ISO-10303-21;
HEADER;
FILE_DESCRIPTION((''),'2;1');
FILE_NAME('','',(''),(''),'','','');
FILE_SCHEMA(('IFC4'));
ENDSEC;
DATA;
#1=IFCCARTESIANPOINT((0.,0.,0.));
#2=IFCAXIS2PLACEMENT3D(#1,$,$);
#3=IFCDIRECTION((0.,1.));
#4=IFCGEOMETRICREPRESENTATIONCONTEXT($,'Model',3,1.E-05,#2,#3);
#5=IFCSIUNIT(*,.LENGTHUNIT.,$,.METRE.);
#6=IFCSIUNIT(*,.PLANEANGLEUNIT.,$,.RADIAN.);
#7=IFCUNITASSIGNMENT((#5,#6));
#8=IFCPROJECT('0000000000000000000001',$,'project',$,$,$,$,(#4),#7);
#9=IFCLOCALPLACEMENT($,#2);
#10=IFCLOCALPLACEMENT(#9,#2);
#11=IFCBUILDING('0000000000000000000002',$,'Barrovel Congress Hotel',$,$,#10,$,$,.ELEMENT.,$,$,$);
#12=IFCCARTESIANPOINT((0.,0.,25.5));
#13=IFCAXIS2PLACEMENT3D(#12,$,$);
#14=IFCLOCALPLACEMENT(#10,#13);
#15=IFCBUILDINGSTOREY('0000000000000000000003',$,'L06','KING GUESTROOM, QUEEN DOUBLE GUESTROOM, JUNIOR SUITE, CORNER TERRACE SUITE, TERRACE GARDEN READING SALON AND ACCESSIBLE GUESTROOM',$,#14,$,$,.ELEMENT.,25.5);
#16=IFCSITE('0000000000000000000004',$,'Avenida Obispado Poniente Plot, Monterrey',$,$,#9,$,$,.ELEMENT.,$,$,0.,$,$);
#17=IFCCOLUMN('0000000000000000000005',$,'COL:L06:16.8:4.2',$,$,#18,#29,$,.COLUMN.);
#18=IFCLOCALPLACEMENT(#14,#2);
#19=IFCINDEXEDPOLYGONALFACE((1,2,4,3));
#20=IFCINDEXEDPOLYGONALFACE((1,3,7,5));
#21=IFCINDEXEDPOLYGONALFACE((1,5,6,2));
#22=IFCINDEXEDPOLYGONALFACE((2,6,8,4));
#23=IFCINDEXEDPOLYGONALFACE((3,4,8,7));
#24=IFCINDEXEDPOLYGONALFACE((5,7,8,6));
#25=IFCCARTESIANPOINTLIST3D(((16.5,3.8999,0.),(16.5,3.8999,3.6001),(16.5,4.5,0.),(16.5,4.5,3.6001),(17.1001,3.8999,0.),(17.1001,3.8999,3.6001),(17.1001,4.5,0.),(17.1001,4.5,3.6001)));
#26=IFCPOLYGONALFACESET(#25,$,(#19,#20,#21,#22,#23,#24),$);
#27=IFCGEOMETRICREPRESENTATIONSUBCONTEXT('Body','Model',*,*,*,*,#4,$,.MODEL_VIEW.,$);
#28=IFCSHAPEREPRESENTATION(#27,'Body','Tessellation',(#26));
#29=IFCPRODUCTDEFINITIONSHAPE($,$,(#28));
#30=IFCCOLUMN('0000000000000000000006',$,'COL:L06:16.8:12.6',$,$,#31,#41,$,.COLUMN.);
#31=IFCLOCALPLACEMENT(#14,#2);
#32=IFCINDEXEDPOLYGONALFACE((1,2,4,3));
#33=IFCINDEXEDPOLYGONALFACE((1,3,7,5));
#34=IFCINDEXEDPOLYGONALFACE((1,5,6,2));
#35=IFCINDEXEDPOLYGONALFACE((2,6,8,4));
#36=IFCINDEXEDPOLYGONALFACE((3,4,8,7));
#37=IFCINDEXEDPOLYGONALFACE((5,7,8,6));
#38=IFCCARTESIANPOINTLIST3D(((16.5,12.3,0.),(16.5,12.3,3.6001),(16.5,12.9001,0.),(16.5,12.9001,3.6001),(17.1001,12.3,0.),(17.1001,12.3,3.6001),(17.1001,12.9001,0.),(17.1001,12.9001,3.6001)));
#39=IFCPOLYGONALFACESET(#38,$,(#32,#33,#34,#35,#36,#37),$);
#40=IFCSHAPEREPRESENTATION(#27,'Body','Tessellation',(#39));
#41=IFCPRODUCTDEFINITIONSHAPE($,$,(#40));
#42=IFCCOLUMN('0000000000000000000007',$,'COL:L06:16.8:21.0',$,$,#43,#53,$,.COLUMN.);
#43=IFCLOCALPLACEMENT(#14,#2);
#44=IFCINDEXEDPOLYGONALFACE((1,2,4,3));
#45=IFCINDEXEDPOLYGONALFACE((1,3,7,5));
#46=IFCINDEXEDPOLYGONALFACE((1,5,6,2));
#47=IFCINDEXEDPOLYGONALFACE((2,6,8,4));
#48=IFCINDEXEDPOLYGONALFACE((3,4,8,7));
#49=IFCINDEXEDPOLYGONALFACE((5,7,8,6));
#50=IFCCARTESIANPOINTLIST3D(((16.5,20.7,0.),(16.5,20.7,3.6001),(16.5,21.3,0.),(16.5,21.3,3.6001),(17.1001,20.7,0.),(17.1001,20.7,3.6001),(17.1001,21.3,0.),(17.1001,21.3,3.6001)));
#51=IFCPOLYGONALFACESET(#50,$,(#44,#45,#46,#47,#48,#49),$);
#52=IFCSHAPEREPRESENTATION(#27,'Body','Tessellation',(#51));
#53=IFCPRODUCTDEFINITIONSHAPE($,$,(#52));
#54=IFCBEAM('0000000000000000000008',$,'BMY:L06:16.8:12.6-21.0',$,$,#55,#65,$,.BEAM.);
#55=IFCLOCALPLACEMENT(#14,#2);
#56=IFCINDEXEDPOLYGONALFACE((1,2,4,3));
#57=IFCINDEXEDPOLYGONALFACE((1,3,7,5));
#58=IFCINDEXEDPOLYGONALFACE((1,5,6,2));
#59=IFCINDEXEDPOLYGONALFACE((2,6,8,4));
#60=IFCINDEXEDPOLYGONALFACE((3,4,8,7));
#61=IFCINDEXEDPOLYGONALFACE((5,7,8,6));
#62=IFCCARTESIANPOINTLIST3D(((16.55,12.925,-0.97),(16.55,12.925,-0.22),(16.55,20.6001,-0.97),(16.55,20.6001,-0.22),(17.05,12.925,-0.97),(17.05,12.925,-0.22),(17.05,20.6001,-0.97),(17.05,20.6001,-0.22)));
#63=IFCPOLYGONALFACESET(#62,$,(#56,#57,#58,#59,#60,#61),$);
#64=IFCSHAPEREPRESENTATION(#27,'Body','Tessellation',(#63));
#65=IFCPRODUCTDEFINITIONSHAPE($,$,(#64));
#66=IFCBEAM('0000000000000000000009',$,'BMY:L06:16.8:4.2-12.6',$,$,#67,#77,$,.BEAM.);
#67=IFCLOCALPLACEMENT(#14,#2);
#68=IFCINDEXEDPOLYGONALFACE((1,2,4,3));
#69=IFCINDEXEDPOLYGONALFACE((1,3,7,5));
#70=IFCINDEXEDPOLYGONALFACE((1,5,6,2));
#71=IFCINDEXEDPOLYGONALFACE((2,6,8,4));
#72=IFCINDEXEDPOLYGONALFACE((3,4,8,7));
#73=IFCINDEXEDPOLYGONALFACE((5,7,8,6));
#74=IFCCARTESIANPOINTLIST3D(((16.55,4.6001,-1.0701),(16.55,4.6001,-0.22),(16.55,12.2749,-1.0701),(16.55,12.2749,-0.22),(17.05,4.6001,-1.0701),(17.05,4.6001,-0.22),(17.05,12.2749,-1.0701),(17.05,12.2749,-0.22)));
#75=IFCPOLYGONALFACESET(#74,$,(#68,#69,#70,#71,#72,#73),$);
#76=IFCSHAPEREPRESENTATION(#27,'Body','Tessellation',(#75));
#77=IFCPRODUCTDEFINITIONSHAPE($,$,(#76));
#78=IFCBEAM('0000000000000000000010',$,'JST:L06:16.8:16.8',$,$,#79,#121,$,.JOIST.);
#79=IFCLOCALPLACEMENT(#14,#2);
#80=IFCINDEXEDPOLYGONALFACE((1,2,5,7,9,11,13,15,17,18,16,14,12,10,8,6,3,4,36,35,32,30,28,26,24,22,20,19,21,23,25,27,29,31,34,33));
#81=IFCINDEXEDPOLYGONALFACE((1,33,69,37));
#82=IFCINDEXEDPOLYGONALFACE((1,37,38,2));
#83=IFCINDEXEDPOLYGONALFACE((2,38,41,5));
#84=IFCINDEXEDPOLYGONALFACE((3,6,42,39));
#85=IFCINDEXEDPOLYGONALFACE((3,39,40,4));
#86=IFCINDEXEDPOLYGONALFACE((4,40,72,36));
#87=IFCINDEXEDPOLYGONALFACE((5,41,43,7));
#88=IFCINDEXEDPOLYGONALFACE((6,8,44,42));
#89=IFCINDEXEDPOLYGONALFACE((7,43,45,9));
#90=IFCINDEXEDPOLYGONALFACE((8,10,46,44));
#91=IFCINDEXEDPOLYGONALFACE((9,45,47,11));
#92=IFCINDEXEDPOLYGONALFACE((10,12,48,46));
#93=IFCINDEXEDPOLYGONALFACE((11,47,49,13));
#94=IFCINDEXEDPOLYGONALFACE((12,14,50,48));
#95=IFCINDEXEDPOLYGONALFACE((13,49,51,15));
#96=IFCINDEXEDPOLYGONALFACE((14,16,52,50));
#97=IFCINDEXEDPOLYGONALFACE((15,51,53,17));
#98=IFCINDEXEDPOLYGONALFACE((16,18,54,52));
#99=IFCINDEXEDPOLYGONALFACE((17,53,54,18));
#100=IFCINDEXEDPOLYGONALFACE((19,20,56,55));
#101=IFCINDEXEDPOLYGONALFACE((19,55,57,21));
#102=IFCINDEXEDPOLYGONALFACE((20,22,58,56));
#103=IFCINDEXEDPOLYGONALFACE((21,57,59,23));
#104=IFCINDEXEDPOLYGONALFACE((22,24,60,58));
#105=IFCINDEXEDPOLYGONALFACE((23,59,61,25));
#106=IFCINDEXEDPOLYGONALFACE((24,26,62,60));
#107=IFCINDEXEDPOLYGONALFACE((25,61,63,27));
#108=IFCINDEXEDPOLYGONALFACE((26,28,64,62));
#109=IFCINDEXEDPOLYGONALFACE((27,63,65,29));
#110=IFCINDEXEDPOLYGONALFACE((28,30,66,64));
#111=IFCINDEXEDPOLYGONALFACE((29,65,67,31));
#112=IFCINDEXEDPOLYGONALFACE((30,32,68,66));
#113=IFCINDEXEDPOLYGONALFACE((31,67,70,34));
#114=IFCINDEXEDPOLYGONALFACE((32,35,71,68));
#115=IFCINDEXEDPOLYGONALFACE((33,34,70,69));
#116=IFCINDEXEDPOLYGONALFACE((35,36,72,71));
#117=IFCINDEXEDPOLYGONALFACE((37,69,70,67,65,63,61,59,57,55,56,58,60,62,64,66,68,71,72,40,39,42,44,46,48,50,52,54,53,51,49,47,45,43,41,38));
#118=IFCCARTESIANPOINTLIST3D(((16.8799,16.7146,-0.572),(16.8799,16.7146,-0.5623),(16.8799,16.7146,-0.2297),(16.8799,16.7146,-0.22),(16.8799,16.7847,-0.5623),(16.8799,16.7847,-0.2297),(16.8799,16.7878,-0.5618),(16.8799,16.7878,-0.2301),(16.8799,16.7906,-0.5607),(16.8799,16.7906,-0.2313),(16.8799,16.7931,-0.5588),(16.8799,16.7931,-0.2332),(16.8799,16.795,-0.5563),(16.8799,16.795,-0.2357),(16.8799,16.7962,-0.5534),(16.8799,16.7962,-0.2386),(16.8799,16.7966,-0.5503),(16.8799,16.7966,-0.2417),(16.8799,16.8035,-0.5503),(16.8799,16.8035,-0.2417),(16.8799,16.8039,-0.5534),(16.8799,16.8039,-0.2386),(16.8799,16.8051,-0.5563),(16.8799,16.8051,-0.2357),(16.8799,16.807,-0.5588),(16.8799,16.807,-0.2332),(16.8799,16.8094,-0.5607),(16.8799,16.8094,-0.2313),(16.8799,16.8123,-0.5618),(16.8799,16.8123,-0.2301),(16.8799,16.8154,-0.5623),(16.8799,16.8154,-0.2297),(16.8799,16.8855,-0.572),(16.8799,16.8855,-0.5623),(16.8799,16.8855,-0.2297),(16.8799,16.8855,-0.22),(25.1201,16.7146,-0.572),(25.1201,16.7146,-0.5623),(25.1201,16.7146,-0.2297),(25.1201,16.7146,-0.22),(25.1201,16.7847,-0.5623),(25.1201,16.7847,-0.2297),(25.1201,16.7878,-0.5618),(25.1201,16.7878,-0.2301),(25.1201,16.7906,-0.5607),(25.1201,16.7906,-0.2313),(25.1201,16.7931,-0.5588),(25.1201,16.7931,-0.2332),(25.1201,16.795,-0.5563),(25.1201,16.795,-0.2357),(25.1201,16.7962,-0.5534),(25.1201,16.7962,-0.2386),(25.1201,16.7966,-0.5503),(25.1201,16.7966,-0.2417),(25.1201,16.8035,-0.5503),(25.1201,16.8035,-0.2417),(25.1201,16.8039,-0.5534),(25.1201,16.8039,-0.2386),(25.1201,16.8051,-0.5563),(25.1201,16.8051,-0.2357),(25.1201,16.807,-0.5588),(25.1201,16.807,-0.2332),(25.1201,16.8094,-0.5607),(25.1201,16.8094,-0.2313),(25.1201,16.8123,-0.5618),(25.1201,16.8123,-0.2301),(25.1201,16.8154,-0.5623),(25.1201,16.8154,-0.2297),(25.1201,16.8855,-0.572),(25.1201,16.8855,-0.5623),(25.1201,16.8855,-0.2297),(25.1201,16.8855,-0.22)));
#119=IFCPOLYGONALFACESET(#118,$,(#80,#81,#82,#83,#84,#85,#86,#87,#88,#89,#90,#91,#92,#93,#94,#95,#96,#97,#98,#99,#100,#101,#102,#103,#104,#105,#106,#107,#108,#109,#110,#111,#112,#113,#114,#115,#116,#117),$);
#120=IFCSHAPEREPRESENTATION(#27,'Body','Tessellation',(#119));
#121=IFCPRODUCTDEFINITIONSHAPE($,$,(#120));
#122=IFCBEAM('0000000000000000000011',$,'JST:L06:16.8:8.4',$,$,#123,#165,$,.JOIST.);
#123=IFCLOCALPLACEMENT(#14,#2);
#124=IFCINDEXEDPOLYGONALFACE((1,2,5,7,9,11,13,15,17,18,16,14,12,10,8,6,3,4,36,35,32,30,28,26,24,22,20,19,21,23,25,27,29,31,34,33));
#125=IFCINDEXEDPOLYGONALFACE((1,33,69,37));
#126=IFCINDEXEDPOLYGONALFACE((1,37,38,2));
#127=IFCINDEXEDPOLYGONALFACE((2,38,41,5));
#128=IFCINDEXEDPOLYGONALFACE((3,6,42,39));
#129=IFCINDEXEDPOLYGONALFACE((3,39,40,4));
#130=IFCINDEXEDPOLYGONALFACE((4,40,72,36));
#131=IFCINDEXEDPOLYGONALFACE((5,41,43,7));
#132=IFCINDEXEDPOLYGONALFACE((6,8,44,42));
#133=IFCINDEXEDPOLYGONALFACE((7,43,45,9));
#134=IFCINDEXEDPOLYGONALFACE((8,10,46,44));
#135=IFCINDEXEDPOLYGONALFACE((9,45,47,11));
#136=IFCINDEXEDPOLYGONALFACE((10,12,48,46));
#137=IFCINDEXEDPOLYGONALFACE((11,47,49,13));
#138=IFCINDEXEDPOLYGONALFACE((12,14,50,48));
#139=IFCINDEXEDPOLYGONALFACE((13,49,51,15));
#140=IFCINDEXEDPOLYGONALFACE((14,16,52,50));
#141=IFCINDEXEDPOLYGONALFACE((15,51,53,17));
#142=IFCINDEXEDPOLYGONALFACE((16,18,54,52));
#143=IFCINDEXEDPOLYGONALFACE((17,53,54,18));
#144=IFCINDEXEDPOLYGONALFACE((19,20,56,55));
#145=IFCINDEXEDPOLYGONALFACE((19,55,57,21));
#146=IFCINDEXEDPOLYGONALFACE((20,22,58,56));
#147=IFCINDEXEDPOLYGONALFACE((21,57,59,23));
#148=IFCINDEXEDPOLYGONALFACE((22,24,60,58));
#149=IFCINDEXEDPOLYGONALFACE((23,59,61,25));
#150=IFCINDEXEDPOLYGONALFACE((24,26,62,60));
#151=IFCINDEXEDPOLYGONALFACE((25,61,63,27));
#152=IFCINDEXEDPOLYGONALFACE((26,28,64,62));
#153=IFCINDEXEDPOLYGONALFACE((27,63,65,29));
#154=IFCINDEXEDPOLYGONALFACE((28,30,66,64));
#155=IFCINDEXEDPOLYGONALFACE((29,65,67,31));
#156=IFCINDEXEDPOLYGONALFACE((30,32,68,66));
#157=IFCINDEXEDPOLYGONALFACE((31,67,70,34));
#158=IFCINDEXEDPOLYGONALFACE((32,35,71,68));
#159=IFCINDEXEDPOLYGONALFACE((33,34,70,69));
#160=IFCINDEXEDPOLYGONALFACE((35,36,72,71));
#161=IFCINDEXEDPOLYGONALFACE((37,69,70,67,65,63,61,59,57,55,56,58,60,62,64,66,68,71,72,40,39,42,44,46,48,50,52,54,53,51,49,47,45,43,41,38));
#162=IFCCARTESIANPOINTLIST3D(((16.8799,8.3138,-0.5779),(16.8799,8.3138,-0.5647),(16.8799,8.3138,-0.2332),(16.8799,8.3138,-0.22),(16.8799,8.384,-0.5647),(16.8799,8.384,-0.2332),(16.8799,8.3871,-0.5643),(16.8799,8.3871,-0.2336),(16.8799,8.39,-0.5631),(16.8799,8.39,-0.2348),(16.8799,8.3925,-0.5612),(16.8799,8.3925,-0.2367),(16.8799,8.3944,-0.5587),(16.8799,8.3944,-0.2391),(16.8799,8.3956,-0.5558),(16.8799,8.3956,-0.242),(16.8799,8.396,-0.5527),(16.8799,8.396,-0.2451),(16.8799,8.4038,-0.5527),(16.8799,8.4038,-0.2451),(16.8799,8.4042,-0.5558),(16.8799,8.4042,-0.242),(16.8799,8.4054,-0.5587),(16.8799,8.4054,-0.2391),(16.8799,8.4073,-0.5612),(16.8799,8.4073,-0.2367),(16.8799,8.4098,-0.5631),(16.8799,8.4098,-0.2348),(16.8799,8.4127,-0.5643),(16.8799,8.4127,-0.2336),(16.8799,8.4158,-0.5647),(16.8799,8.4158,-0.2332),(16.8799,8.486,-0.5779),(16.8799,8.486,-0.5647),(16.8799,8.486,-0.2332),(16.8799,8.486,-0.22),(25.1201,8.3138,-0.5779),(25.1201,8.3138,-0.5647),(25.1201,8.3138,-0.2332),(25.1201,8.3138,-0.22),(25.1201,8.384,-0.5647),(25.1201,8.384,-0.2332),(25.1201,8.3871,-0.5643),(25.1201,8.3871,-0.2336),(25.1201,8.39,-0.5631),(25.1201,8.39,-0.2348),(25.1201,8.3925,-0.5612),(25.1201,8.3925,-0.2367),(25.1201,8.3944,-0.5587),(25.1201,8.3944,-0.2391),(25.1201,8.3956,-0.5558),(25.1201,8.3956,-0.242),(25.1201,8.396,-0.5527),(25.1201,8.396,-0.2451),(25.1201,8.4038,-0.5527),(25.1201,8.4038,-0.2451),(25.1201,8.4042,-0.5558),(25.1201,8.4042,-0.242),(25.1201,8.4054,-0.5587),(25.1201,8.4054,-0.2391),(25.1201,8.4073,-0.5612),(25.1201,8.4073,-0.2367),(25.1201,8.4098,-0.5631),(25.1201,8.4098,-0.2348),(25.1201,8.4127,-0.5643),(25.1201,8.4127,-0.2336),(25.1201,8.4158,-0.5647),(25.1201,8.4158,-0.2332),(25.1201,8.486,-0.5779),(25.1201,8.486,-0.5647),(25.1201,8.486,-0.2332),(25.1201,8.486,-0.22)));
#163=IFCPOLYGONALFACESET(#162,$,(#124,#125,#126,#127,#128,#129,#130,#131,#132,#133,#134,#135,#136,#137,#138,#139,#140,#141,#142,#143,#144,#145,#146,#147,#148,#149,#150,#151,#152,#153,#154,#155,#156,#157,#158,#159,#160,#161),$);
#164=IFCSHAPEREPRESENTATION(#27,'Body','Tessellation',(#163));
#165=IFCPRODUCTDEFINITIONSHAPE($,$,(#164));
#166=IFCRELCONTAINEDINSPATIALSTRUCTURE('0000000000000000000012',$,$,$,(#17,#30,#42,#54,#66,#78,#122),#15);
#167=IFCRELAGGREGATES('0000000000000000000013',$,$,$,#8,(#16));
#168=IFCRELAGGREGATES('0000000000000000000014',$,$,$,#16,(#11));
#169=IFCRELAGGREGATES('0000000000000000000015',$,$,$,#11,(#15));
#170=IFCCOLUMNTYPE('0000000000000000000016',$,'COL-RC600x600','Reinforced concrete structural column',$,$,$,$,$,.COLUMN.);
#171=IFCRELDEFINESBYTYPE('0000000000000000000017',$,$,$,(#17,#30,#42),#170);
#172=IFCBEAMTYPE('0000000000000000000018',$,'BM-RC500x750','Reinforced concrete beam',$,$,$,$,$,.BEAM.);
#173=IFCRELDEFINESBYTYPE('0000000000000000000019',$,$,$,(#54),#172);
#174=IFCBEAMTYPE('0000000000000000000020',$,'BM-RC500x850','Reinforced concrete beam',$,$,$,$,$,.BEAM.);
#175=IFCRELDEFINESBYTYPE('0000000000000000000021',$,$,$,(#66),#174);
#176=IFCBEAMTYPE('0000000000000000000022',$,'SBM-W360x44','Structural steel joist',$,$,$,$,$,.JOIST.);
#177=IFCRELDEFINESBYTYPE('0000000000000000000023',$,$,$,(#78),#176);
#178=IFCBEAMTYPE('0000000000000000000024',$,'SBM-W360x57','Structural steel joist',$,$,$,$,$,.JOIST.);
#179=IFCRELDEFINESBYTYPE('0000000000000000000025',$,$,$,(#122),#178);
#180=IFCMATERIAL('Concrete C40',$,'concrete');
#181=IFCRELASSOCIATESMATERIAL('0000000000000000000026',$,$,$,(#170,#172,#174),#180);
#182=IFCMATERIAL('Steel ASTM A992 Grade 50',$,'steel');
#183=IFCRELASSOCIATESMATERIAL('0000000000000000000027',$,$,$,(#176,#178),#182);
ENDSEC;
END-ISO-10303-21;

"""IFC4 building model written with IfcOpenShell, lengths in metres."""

from ifc_helpers import new_model, si_unit, direction, frame, origin, origin_2d, place, context, subcontext, project, spatial, rectangle, i_section, extrude, material, material_profile, profile_set, type_object, element, save


model = new_model("IFC4")

# Units and contexts
model_context = context("Model", 3, precision=1e-05, world=origin(), true_north=direction((0.0, 1.0)))
body_context = subcontext(model_context, "Body", "Model", "MODEL_VIEW")
ifc_project = project(units=[si_unit("LENGTHUNIT", "METRE"), si_unit("PLANEANGLEUNIT", "RADIAN")], contexts=[model_context])

# Site, building, storey
site_placement = place(None, origin())
site = spatial("IfcSite", under=ifc_project, at=site_placement, Name="Avenida Obispado Poniente Plot, Monterrey", CompositionType="ELEMENT", RefElevation=0.0)
building_placement = place(site_placement, origin())
building = spatial("IfcBuilding", under=site, at=building_placement, Name="Barrovel Congress Hotel", CompositionType="ELEMENT")
storey_placement = place(building_placement, frame((0.0, 0.0, 25.5)))
storey = spatial("IfcBuildingStorey", under=building, at=storey_placement, Name="L06", Description="KING GUESTROOM, QUEEN DOUBLE GUESTROOM, JUNIOR SUITE, CORNER TERRACE SUITE, TERRACE GARDEN READING SALON AND ACCESSIBLE GUESTROOM", CompositionType="ELEMENT", Elevation=25.5)

# Columns
ifc_material_1 = material(Name="Concrete C40", Category="concrete")
ifc_material_profile_1 = material_profile(ifc_material_1, rectangle(XDim=0.6001, YDim=0.6001, at=origin_2d()), Name="RC600x600")
ifc_profile_set_1 = profile_set([ifc_material_profile_1], Name="Concrete C40")
column_type = type_object("IfcColumnType", Name="COL-RC600x600", Description="Reinforced concrete structural column", PredefinedType="COLUMN", material=ifc_profile_set_1)
for number, where, z_axis, x_axis, name in (
    (1, (16.8, 4.2, 0.0), (0.0, 0.0, 1.0), (1.0, 0.0, 0.0), "COL:L06:16.8:4.2"),
    (2, (16.8, 12.6001, 0.0), (0.0, 0.0, 1.0), (1.0, 0.0, 0.0), "COL:L06:16.8:12.6"),
    (3, (16.8, 21.0, 0.0), (0.0, 0.0, 1.0), (1.0, 0.0, 0.0), "COL:L06:16.8:21.0"),
):
    element("IfcColumn", number, at=place(storey_placement, frame(where, z_axis=z_axis, x_axis=x_axis)), inside=storey, type_object=column_type, Name=name, PredefinedType="COLUMN", context=body_context, shape_type="SweptSolid", body=[
        extrude(rectangle(XDim=0.6001, YDim=0.6001, at=origin_2d()), origin(), (0.0, 0.0, 1.0), 3.6001),
    ])

# Beams
ifc_material_profile_2 = material_profile(ifc_material_1, rectangle(XDim=0.5, YDim=0.75, at=origin_2d()), Name="RC500x750")
ifc_profile_set_2 = profile_set([ifc_material_profile_2], Name="Concrete C40")
beam_type_1 = type_object("IfcBeamType", Name="BM-RC500x750", Description="Reinforced concrete beam", PredefinedType="BEAM", material=ifc_profile_set_2)
beam_1_placement = place(storey_placement, frame((16.8, 12.925, -0.595), z_axis=(0.0, 1.0, 0.0), x_axis=(-1.0, 0.0, 0.0)))
element("IfcBeam", 4, at=beam_1_placement, inside=storey, type_object=beam_type_1, Name="BMY:L06:16.8:12.6-21.0", PredefinedType="BEAM", context=body_context, shape_type="SweptSolid", body=[
    extrude(rectangle(XDim=0.5, YDim=0.75, at=origin_2d()), origin(), (0.0, 0.0, 1.0), 7.675),
])
ifc_material_profile_3 = material_profile(ifc_material_1, rectangle(XDim=0.5, YDim=0.8501, at=origin_2d()), Name="RC500x850")
ifc_profile_set_3 = profile_set([ifc_material_profile_3], Name="Concrete C40")
beam_type_2 = type_object("IfcBeamType", Name="BM-RC500x850", Description="Reinforced concrete beam", PredefinedType="BEAM", material=ifc_profile_set_3)
beam_2_placement = place(storey_placement, frame((16.8, 4.6001, -0.645), z_axis=(0.0, 1.0, 0.0), x_axis=(-1.0, 0.0, 0.0)))
element("IfcBeam", 5, at=beam_2_placement, inside=storey, type_object=beam_type_2, Name="BMY:L06:16.8:4.2-12.6", PredefinedType="BEAM", context=body_context, shape_type="SweptSolid", body=[
    extrude(rectangle(XDim=0.5, YDim=0.8501, at=origin_2d()), origin(), (0.0, 0.0, 1.0), 7.6748),
])
ifc_material_2 = material(Name="Steel ASTM A992 Grade 50", Category="steel")
ifc_material_profile_4 = material_profile(ifc_material_2, i_section(OverallWidth=0.1709, OverallDepth=0.3521, WebThickness=0.0068, FlangeThickness=0.0098, FilletRadius=0.012, at=origin_2d()), Name="W360x44")
ifc_profile_set_4 = profile_set([ifc_material_profile_4], Name="Steel ASTM A992 Grade 50")
beam_type_3 = type_object("IfcBeamType", Name="SBM-W360x44", Description="Structural steel joist", PredefinedType="JOIST", material=ifc_profile_set_4)
beam_3_placement = place(storey_placement, frame((16.8799, 16.8, -0.396), z_axis=(1.0, 0.0, 0.0), x_axis=(0.0, 1.0, 0.0)))
element("IfcBeam", 6, at=beam_3_placement, inside=storey, type_object=beam_type_3, Name="JST:L06:16.8:16.8", PredefinedType="JOIST", context=body_context, shape_type="SweptSolid", body=[
    extrude(i_section(OverallWidth=0.1709, OverallDepth=0.3521, WebThickness=0.0068, FlangeThickness=0.0098, FilletRadius=0.012, at=origin_2d()), origin(), (0.0, 0.0, 1.0), 8.2402),
])
ifc_material_profile_5 = material_profile(ifc_material_2, i_section(OverallWidth=0.1721, OverallDepth=0.3579, WebThickness=0.0078, FlangeThickness=0.0132, FilletRadius=0.012, at=origin_2d()), Name="W360x57")
ifc_profile_set_5 = profile_set([ifc_material_profile_5], Name="Steel ASTM A992 Grade 50")
beam_type_4 = type_object("IfcBeamType", Name="SBM-W360x57", Description="Structural steel joist", PredefinedType="JOIST", material=ifc_profile_set_5)
beam_4_placement = place(storey_placement, frame((16.8799, 8.3999, -0.3989), z_axis=(1.0, 0.0, 0.0), x_axis=(0.0, 1.0, 0.0)))
element("IfcBeam", 7, at=beam_4_placement, inside=storey, type_object=beam_type_4, Name="JST:L06:16.8:8.4", PredefinedType="JOIST", context=body_context, shape_type="SweptSolid", body=[
    extrude(i_section(OverallWidth=0.1721, OverallDepth=0.3579, WebThickness=0.0078, FlangeThickness=0.0132, FilletRadius=0.012, at=origin_2d()), origin(), (0.0, 0.0, 1.0), 8.2402),
])

save(model, "model.ifc")
